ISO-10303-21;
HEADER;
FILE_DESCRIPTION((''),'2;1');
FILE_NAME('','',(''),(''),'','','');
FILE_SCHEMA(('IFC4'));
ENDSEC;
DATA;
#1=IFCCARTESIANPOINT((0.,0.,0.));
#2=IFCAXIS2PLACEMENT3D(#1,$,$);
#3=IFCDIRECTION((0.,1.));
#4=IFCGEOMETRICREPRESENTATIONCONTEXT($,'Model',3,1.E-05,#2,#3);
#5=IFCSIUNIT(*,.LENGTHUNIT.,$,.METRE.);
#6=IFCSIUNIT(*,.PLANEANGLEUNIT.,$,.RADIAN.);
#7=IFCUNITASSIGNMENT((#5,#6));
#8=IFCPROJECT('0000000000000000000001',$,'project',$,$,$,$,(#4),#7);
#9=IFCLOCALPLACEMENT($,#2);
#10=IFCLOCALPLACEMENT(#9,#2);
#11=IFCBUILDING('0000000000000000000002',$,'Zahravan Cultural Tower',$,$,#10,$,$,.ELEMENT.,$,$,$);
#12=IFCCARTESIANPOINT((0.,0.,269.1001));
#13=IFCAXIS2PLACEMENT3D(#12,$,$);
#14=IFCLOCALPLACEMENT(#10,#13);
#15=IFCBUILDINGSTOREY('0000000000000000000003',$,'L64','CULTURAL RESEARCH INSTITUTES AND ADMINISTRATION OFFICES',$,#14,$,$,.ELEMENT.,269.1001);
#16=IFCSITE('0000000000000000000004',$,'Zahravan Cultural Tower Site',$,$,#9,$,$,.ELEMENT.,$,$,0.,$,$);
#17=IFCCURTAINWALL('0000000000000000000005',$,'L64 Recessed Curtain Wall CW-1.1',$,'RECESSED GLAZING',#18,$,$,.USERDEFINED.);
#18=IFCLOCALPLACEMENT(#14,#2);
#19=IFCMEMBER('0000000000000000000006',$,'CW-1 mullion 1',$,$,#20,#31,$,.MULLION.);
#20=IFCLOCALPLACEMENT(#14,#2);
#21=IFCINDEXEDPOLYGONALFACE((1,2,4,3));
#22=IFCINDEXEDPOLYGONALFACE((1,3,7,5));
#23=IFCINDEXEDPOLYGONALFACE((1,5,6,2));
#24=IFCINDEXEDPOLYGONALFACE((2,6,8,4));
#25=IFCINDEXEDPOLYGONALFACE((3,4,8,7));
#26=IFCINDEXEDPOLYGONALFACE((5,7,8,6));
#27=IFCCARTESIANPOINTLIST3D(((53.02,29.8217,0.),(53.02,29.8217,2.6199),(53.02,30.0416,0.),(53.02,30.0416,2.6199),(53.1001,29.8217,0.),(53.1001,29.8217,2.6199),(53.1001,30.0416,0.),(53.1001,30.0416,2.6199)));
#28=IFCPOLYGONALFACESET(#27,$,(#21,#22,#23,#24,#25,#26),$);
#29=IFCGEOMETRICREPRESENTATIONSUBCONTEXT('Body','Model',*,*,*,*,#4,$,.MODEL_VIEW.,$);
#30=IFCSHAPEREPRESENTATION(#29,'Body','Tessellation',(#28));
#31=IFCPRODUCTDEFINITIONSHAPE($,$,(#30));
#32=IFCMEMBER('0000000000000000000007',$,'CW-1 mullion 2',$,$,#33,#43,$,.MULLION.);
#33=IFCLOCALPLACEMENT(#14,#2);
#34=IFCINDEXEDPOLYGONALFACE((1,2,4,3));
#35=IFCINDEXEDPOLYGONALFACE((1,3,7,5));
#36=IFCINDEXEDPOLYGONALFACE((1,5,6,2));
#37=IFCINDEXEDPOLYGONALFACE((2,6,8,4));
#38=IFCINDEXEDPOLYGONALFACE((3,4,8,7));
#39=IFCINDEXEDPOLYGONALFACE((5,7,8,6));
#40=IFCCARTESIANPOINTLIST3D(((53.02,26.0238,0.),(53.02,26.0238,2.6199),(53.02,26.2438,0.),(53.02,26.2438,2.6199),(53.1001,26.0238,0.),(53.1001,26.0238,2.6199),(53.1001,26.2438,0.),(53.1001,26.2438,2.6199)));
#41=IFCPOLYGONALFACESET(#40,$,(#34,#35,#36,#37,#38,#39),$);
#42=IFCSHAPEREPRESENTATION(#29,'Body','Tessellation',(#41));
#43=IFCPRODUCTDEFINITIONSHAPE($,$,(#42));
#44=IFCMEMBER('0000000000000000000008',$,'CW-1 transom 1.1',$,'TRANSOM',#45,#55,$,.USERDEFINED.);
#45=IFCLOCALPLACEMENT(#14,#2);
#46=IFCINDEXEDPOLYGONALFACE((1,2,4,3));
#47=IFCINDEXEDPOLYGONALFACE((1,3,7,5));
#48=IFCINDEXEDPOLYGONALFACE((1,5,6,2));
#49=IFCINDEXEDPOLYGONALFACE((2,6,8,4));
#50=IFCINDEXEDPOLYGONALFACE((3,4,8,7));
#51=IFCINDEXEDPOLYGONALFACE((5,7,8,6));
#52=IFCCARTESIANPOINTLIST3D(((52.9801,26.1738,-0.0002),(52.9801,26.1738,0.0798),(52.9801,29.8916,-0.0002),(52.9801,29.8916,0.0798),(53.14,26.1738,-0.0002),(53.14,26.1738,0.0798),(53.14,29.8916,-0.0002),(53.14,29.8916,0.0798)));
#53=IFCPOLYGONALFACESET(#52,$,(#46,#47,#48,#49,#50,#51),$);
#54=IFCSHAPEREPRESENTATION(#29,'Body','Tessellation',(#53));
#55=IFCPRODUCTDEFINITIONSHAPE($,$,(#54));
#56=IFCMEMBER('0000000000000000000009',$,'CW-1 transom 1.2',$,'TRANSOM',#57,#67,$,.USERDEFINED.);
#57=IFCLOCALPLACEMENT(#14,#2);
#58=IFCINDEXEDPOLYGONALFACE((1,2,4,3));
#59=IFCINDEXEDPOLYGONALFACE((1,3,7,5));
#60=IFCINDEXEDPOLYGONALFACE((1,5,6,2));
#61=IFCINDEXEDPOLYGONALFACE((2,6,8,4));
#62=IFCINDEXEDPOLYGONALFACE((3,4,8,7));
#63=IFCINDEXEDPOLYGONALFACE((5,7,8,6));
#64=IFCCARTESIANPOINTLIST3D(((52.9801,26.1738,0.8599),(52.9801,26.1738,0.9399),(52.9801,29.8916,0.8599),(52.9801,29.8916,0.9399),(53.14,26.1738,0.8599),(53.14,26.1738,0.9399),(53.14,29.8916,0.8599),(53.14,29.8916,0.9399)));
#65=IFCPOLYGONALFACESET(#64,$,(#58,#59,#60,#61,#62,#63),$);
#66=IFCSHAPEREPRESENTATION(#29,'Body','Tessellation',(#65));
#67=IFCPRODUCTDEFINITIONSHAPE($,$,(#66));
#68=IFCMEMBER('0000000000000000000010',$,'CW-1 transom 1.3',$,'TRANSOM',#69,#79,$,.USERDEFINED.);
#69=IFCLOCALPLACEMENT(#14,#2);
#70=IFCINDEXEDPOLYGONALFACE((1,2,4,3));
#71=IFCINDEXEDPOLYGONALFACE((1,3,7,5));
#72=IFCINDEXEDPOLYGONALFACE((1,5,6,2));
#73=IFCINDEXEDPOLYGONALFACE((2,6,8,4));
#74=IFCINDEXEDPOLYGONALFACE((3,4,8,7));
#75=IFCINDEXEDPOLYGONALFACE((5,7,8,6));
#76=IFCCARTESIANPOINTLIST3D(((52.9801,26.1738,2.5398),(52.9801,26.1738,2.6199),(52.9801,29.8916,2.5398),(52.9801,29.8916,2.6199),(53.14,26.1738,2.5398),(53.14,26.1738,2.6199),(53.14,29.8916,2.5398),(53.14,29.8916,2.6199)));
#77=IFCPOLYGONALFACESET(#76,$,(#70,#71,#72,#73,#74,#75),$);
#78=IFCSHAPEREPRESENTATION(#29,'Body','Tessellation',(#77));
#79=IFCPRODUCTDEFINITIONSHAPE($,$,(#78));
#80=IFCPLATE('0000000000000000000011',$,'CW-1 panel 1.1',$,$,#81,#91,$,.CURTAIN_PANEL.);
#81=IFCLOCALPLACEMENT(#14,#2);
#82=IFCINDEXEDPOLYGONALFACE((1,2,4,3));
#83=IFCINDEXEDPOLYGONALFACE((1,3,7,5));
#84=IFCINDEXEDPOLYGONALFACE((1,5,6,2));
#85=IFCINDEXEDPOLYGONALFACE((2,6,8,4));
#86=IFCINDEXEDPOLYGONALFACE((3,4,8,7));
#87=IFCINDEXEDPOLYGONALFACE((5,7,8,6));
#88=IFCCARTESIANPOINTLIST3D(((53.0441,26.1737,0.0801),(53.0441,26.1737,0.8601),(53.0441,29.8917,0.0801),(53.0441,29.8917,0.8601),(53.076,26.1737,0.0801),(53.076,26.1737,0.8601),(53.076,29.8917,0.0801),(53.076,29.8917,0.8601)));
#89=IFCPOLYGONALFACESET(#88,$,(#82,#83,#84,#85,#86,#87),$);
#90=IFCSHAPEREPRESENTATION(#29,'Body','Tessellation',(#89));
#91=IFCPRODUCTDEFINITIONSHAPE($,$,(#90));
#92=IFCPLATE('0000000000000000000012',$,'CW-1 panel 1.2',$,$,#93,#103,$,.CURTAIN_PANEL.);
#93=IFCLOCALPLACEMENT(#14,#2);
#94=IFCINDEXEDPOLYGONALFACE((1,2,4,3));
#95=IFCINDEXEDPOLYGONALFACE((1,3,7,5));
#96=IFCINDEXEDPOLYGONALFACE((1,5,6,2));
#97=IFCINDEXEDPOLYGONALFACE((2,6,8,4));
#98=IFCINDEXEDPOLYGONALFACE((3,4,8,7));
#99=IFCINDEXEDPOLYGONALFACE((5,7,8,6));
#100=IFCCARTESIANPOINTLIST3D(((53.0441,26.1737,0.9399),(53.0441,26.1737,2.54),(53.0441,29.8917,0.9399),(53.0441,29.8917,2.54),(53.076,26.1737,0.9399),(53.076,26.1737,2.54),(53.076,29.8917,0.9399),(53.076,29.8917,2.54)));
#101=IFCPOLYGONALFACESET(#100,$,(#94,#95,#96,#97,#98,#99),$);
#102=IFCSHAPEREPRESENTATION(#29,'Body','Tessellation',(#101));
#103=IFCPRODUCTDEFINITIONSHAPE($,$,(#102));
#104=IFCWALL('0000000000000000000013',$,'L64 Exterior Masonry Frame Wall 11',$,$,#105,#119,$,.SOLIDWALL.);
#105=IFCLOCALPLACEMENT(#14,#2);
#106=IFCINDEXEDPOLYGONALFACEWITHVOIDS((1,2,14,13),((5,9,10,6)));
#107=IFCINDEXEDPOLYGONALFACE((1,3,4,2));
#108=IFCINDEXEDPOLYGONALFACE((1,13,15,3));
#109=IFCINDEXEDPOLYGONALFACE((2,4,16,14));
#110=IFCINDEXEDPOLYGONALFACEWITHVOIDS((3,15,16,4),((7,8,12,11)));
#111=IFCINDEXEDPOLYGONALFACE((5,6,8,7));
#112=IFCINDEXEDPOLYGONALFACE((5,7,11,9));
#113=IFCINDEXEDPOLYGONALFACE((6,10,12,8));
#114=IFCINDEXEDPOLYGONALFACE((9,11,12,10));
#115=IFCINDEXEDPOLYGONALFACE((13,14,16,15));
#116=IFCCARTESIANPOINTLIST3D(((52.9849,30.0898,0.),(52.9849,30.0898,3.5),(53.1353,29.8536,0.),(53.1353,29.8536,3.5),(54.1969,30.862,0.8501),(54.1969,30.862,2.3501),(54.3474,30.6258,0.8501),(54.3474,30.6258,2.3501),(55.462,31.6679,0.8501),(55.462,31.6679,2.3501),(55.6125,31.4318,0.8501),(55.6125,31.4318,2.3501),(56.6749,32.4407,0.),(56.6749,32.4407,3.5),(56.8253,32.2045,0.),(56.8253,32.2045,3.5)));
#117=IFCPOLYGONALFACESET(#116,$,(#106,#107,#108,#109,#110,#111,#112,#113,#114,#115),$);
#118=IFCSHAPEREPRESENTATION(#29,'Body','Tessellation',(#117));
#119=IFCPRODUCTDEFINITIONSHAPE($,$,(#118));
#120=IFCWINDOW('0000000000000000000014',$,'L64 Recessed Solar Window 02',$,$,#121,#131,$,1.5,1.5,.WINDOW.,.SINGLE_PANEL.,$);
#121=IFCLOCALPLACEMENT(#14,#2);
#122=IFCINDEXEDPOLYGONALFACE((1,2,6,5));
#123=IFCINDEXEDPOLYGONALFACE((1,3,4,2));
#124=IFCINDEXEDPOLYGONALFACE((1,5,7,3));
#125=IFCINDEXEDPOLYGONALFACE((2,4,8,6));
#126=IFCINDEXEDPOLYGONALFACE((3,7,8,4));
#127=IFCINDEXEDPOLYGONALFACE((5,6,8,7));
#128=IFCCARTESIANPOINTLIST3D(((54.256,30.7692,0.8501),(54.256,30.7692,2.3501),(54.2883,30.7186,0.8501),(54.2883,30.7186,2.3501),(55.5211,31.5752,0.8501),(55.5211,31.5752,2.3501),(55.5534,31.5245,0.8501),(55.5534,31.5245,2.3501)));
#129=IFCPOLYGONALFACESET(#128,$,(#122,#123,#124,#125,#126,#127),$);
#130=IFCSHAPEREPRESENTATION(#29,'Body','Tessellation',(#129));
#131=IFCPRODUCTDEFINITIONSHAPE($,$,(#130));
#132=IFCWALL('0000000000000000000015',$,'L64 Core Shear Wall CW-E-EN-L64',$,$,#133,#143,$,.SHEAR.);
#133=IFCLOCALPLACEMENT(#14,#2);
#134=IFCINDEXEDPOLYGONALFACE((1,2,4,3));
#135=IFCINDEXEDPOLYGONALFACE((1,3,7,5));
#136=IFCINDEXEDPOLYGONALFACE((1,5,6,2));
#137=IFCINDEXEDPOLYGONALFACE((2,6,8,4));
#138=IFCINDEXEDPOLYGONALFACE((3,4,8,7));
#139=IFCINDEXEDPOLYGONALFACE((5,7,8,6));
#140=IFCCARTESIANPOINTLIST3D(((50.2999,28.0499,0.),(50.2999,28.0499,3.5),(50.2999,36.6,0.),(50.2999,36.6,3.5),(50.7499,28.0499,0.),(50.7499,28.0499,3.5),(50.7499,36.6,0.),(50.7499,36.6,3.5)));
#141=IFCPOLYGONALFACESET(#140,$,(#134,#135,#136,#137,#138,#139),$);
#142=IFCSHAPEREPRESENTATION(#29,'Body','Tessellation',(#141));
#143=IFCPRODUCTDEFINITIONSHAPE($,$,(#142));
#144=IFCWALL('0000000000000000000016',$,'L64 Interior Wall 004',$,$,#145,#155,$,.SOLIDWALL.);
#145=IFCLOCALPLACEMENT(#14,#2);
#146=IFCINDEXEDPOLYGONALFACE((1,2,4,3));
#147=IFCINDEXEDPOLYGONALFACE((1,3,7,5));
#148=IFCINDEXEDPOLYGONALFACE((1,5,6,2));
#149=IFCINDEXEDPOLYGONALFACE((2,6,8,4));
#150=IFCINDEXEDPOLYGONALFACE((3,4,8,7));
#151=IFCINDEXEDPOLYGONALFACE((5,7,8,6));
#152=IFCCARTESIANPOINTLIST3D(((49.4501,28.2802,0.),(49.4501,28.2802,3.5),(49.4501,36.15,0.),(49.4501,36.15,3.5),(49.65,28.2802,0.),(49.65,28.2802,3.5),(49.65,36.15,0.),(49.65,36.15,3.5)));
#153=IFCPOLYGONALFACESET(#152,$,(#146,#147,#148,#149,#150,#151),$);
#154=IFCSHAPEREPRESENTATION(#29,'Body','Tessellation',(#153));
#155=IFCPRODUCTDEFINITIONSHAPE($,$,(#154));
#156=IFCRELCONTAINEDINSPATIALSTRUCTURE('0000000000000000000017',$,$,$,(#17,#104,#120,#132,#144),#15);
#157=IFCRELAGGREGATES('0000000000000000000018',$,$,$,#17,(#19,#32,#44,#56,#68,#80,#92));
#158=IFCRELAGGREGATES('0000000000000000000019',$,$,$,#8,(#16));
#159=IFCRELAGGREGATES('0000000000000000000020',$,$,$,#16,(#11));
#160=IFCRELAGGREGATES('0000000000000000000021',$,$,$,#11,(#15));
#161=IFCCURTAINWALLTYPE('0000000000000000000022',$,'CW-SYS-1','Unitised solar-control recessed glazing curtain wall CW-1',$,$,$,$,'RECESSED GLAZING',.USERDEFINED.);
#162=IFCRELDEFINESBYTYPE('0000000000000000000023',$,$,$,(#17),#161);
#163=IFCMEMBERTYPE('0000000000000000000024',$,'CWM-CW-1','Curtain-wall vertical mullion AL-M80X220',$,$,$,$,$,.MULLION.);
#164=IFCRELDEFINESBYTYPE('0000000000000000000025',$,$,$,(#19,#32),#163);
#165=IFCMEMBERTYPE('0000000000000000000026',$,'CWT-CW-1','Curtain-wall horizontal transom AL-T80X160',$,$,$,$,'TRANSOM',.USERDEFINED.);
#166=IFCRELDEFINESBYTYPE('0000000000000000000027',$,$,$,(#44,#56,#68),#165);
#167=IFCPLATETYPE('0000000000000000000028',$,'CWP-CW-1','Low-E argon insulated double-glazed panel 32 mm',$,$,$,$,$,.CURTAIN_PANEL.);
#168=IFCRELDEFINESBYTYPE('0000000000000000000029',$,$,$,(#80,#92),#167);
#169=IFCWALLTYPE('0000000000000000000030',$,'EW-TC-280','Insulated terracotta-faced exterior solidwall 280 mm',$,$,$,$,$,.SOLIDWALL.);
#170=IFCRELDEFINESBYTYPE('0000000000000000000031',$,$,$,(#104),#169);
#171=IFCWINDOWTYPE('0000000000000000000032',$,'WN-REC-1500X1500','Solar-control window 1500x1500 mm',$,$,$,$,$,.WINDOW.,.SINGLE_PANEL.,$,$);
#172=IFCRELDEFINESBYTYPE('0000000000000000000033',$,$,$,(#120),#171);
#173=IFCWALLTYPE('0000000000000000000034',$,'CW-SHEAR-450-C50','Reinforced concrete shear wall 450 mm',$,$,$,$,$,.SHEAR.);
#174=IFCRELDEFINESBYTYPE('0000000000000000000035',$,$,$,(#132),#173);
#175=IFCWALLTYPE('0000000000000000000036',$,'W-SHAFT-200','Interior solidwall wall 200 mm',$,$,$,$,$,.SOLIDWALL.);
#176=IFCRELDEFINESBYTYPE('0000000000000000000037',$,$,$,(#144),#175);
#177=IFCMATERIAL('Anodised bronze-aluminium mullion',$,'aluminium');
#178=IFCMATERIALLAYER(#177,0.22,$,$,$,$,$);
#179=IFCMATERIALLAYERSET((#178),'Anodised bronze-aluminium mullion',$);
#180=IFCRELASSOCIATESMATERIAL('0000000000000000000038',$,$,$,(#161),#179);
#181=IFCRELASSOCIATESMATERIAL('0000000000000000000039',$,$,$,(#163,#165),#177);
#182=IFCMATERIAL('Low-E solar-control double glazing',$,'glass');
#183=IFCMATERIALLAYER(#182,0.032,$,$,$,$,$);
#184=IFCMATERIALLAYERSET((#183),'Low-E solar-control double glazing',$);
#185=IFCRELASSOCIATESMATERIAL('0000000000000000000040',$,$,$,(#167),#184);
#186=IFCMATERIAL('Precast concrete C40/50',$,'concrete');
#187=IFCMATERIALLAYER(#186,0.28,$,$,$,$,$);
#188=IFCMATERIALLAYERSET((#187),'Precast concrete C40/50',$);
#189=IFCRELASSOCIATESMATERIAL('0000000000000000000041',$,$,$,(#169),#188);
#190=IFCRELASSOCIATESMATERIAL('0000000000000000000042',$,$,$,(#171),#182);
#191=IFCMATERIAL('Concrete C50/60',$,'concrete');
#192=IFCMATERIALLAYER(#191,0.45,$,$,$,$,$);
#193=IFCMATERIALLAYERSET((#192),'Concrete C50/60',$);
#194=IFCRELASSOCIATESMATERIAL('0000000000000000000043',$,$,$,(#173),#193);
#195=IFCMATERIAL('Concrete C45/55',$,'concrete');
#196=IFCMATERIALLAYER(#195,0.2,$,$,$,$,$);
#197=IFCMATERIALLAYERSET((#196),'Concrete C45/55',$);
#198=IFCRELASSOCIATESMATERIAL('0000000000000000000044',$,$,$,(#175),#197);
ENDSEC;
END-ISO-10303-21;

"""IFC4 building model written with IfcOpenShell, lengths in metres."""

from ifc_helpers import new_model, si_unit, direction, frame, frame_2d, origin, origin_2d, place, context, subcontext, project, spatial, rectangle, extrude, source, transform, mapped, material, layer, layer_set, material_profile, profile_set, type_object, element, fill, aggregate, save


model = new_model("IFC4")

# Units and contexts
model_context = context("Model", 3, precision=1e-05, world=origin(), true_north=direction((0.0, 1.0)))
body_context = subcontext(model_context, "Body", "Model", "MODEL_VIEW")
ifc_project = project(units=[si_unit("LENGTHUNIT", "METRE"), si_unit("PLANEANGLEUNIT", "RADIAN")], contexts=[model_context])

# Site, building, storey
site_placement = place(None, origin())
site = spatial("IfcSite", under=ifc_project, at=site_placement, Name="Zahravan Cultural Tower Site", CompositionType="ELEMENT", RefElevation=0.0)
building_placement = place(site_placement, origin())
building = spatial("IfcBuilding", under=site, at=building_placement, Name="Zahravan Cultural Tower", CompositionType="ELEMENT")
storey_placement = place(building_placement, frame((0.0, 0.0, 269.1001)))
storey = spatial("IfcBuildingStorey", under=building, at=storey_placement, Name="L64", Description="CULTURAL RESEARCH INSTITUTES AND ADMINISTRATION OFFICES", CompositionType="ELEMENT", Elevation=269.1001)

# Curtain wall, members, plates
ifc_material_1 = material(Name="Anodised bronze-aluminium mullion", Category="aluminium")
ifc_layer_1 = layer(ifc_material_1, 0.22)
ifc_layer_set_1 = layer_set([ifc_layer_1], Name="Anodised bronze-aluminium mullion")
curtain_wall_type = type_object("IfcCurtainWallType", Name="CW-SYS-1", Description="Unitised solar-control recessed glazing curtain wall CW-1", ElementType="RECESSED GLAZING", PredefinedType="USERDEFINED", material=ifc_layer_set_1)
curtain_wall_placement = place(storey_placement, origin())
curtain_wall = element("IfcCurtainWall", 1, at=curtain_wall_placement, inside=storey, type_object=curtain_wall_type, Name="L64 Recessed Curtain Wall CW-1.1", ObjectType="RECESSED GLAZING", PredefinedType="USERDEFINED")
ifc_material_profile_1 = material_profile(ifc_material_1, rectangle(XDim=0.0801, YDim=0.22, at=origin_2d()), Name="AL-M80X220")
ifc_profile_set_1 = profile_set([ifc_material_profile_1], Name="Anodised bronze-aluminium mullion")
member_type_1 = type_object("IfcMemberType", Name="CWM-CW-1", Description="Curtain-wall vertical mullion AL-M80X220", PredefinedType="MULLION", material=ifc_profile_set_1)
shared_shape_1 = source(origin(), body_context, "Body", "SweptSolid", [
    extrude(rectangle(XDim=0.0801, YDim=0.22, at=origin_2d()), origin(), (0.0, 0.0, 1.0), 2.6199),
])
member_1_placement = place(storey_placement, frame((53.0601, 29.9316, 0.0), z_axis=(0.0, 0.0, 1.0), x_axis=(1.0, 0.0, 0.0)))
member_1 = element("IfcMember", 2, at=member_1_placement, type_object=member_type_1, Name="CW-1 mullion 1", PredefinedType="MULLION", context=body_context, shape_type="MappedRepresentation", body=[
    mapped(shared_shape_1, transform((0.0, 0.0, 0.0), x_axis=(1.0, 0.0, 0.0), y_axis=(0.0, 1.0, 0.0), z_axis=(0.0, 0.0, 1.0), scale=1.0)),
])
member_2_placement = place(storey_placement, frame((53.0601, 26.1338, 0.0), z_axis=(0.0, 0.0, 1.0), x_axis=(1.0, 0.0, 0.0)))
member_2 = element("IfcMember", 3, at=member_2_placement, type_object=member_type_1, Name="CW-1 mullion 2", PredefinedType="MULLION", context=body_context, shape_type="MappedRepresentation", body=[
    mapped(shared_shape_1, transform((0.0, 0.0, 0.0), x_axis=(1.0, 0.0, 0.0), y_axis=(0.0, 1.0, 0.0), z_axis=(0.0, 0.0, 1.0), scale=1.0)),
])
ifc_material_profile_2 = material_profile(ifc_material_1, rectangle(XDim=0.1599, YDim=0.0801, at=origin_2d()), Name="AL-T80X160")
ifc_profile_set_2 = profile_set([ifc_material_profile_2], Name="Anodised bronze-aluminium mullion")
member_type_2 = type_object("IfcMemberType", Name="CWT-CW-1", Description="Curtain-wall horizontal transom AL-T80X160", ElementType="TRANSOM", PredefinedType="USERDEFINED", material=ifc_profile_set_2)
shared_shape_2 = source(origin(), body_context, "Body", "SweptSolid", [
    extrude(rectangle(XDim=0.1599, YDim=0.0801, at=origin_2d()), origin(), (0.0, 0.0, 1.0), 3.7178),
])
member_3_placement = place(storey_placement, frame((53.0601, 29.8916, 0.0398), z_axis=(0.0, -1.0, 0.0), x_axis=(1.0, 0.0, 0.0)))
member_3 = element("IfcMember", 4, at=member_3_placement, type_object=member_type_2, Name="CW-1 transom 1.1", ObjectType="TRANSOM", PredefinedType="USERDEFINED", context=body_context, shape_type="MappedRepresentation", body=[
    mapped(shared_shape_2, transform((0.0, 0.0, 0.0), x_axis=(1.0, 0.0, 0.0), y_axis=(0.0, 1.0, 0.0), z_axis=(0.0, 0.0, 1.0), scale=1.0)),
])
member_4_placement = place(storey_placement, frame((53.0601, 29.8916, 0.8999), z_axis=(0.0, -1.0, 0.0), x_axis=(1.0, 0.0, 0.0)))
member_4 = element("IfcMember", 5, at=member_4_placement, type_object=member_type_2, Name="CW-1 transom 1.2", ObjectType="TRANSOM", PredefinedType="USERDEFINED", context=body_context, shape_type="MappedRepresentation", body=[
    mapped(shared_shape_2, transform((0.0, 0.0, 0.0), x_axis=(1.0, 0.0, 0.0), y_axis=(0.0, 1.0, 0.0), z_axis=(0.0, 0.0, 1.0), scale=1.0)),
])
member_5_placement = place(storey_placement, frame((53.0601, 29.8916, 2.5798), z_axis=(0.0, -1.0, 0.0), x_axis=(1.0, 0.0, 0.0)))
member_5 = element("IfcMember", 6, at=member_5_placement, type_object=member_type_2, Name="CW-1 transom 1.3", ObjectType="TRANSOM", PredefinedType="USERDEFINED", context=body_context, shape_type="MappedRepresentation", body=[
    mapped(shared_shape_2, transform((0.0, 0.0, 0.0), x_axis=(1.0, 0.0, 0.0), y_axis=(0.0, 1.0, 0.0), z_axis=(0.0, 0.0, 1.0), scale=1.0)),
])
ifc_material_2 = material(Name="Low-E solar-control double glazing", Category="glass")
ifc_layer_2 = layer(ifc_material_2, 0.032)
ifc_layer_set_2 = layer_set([ifc_layer_2], Name="Low-E solar-control double glazing")
plate_type = type_object("IfcPlateType", Name="CWP-CW-1", Description="Low-E argon insulated double-glazed panel 32 mm", PredefinedType="CURTAIN_PANEL", material=ifc_layer_set_2)
shared_shape_3 = source(origin(), body_context, "Body", "SweptSolid", [
    extrude(rectangle(XDim=3.718, YDim=0.032, at=origin_2d()), origin(), (0.0, 0.0, 1.0), 0.78),
])
plate_1_placement = place(storey_placement, frame((53.0601, 28.0327, 0.0801), z_axis=(0.0, 0.0, 1.0), x_axis=(0.0, -1.0, 0.0)))
plate_1 = element("IfcPlate", 7, at=plate_1_placement, type_object=plate_type, Name="CW-1 panel 1.1", PredefinedType="CURTAIN_PANEL", context=body_context, shape_type="MappedRepresentation", body=[
    mapped(shared_shape_3, transform((0.0, 0.0, 0.0), x_axis=(1.0, 0.0, 0.0), y_axis=(0.0, 1.0, 0.0), z_axis=(0.0, 0.0, 1.0), scale=1.0)),
])
shared_shape_4 = source(origin(), body_context, "Body", "SweptSolid", [
    extrude(rectangle(XDim=3.718, YDim=0.032, at=origin_2d()), origin(), (0.0, 0.0, 1.0), 1.6001),
])
plate_2_placement = place(storey_placement, frame((53.0601, 28.0327, 0.9399), z_axis=(0.0, 0.0, 1.0), x_axis=(0.0, -1.0, 0.0)))
plate_2 = element("IfcPlate", 8, at=plate_2_placement, type_object=plate_type, Name="CW-1 panel 1.2", PredefinedType="CURTAIN_PANEL", context=body_context, shape_type="MappedRepresentation", body=[
    mapped(shared_shape_4, transform((0.0, 0.0, 0.0), x_axis=(1.0, 0.0, 0.0), y_axis=(0.0, 1.0, 0.0), z_axis=(0.0, 0.0, 1.0), scale=1.0)),
])
aggregate(curtain_wall, [member_1, member_2, member_3, member_4, member_5, plate_1, plate_2])

# Wall, opening, window
ifc_material_3 = material(Name="Precast concrete C40/50", Category="concrete")
ifc_layer_3 = layer(ifc_material_3, 0.28)
ifc_layer_set_3 = layer_set([ifc_layer_3], Name="Precast concrete C40/50")
wall_type_1 = type_object("IfcWallType", Name="EW-TC-280", Description="Insulated terracotta-faced exterior solidwall 280 mm", PredefinedType="SOLIDWALL", material=ifc_layer_set_3)
wall_1_placement = place(storey_placement, frame((56.75, 32.3225, 0.0), z_axis=(0.0, 0.0, 1.0), x_axis=(-0.843383, -0.537312, 0.0)))
wall_1 = element("IfcWall", 9, at=wall_1_placement, inside=storey, type_object=wall_type_1, Name="L64 Exterior Masonry Frame Wall 11", PredefinedType="SOLIDWALL", context=body_context, shape_type="SweptSolid", body=[
    extrude(rectangle(XDim=4.3752, YDim=0.28, at=frame_2d((2.1875, 0.0))), origin(), (0.0, 0.0, 1.0), 3.5),
])
opening_placement = place(wall_1_placement, frame((1.438, 0.0, 0.8501)))
opening = element("IfcOpeningElement", 10, at=opening_placement, cuts=wall_1, PredefinedType="OPENING", context=body_context, shape_type="SweptSolid", body=[
    extrude(rectangle(XDim=1.5, YDim=1.5, at=frame_2d((0.75, 0.75))), frame((0.0, 0.1499, 0.0), z_axis=(0.0, -1.0, 0.0), x_axis=(1.0, 0.0, 0.0)), (0.0, 0.0, 1.0), 0.3),
])
window_type = type_object("IfcWindowType", Name="WN-REC-1500X1500", Description="Solar-control window 1500x1500 mm", PartitioningType="SINGLE_PANEL", PredefinedType="WINDOW", material=ifc_material_2)
shared_shape_5 = source(origin(), body_context, "Body", "SweptSolid", [
    extrude(rectangle(XDim=1.5, YDim=1.5, at=frame_2d((0.75, 0.75))), frame((0.0, 0.03, 0.0), z_axis=(0.0, -1.0, 0.0), x_axis=(1.0, 0.0, 0.0)), (0.0, 0.0, 1.0), 0.0601),
])
window_placement = place(opening_placement, origin())
window = element("IfcWindow", 11, at=window_placement, inside=storey, type_object=window_type, Name="L64 Recessed Solar Window 02", OverallHeight=1.5, OverallWidth=1.5, PartitioningType="SINGLE_PANEL", PredefinedType="WINDOW", context=body_context, shape_type="MappedRepresentation", body=[
    mapped(shared_shape_5, transform((0.0, 0.0, 0.0), x_axis=(1.0, 0.0, 0.0), y_axis=(0.0, 1.0, 0.0), z_axis=(0.0, 0.0, 1.0), scale=1.0)),
])
fill(opening, window)

# Walls
ifc_material_4 = material(Name="Concrete C50/60", Category="concrete")
ifc_layer_4 = layer(ifc_material_4, 0.45)
ifc_layer_set_4 = layer_set([ifc_layer_4], Name="Concrete C50/60")
wall_type_2 = type_object("IfcWallType", Name="CW-SHEAR-450-C50", Description="Reinforced concrete shear wall 450 mm", PredefinedType="SHEAR", material=ifc_layer_set_4)
shared_shape_6 = source(origin(), body_context, "Body", "SweptSolid", [
    extrude(rectangle(XDim=8.55, YDim=0.45, at=frame_2d((4.2749, 0.0))), origin(), (0.0, 0.0, 1.0), 3.5),
])
wall_2_placement = place(storey_placement, frame((50.5249, 28.05, 0.0), z_axis=(0.0, 0.0, 1.0), x_axis=(0.0, 1.0, 0.0)))
element("IfcWall", 12, at=wall_2_placement, inside=storey, type_object=wall_type_2, Name="L64 Core Shear Wall CW-E-EN-L64", PredefinedType="SHEAR", context=body_context, shape_type="MappedRepresentation", body=[
    mapped(shared_shape_6, transform((0.0, 0.0, 0.0), x_axis=(1.0, 0.0, 0.0), y_axis=(0.0, 1.0, 0.0), z_axis=(0.0, 0.0, 1.0), scale=1.0)),
])
ifc_material_5 = material(Name="Concrete C45/55", Category="concrete")
ifc_layer_5 = layer(ifc_material_5, 0.2)
ifc_layer_set_5 = layer_set([ifc_layer_5], Name="Concrete C45/55")
wall_type_3 = type_object("IfcWallType", Name="W-SHAFT-200", Description="Interior solidwall wall 200 mm", PredefinedType="SOLIDWALL", material=ifc_layer_set_5)
shared_shape_7 = source(origin(), body_context, "Body", "SweptSolid", [
    extrude(rectangle(XDim=7.8699, YDim=0.2, at=frame_2d((3.9351, 0.0))), origin(), (0.0, 0.0, 1.0), 3.5),
])
wall_3_placement = place(storey_placement, frame((49.55, 28.28, 0.0), z_axis=(0.0, 0.0, 1.0), x_axis=(0.0, 1.0, 0.0)))
element("IfcWall", 13, at=wall_3_placement, inside=storey, type_object=wall_type_3, Name="L64 Interior Wall 004", PredefinedType="SOLIDWALL", context=body_context, shape_type="MappedRepresentation", body=[
    mapped(shared_shape_7, transform((0.0, 0.0, 0.0), x_axis=(1.0, 0.0, 0.0), y_axis=(0.0, 1.0, 0.0), z_axis=(0.0, 0.0, 1.0), scale=1.0)),
])

save(model, "model.ifc")
